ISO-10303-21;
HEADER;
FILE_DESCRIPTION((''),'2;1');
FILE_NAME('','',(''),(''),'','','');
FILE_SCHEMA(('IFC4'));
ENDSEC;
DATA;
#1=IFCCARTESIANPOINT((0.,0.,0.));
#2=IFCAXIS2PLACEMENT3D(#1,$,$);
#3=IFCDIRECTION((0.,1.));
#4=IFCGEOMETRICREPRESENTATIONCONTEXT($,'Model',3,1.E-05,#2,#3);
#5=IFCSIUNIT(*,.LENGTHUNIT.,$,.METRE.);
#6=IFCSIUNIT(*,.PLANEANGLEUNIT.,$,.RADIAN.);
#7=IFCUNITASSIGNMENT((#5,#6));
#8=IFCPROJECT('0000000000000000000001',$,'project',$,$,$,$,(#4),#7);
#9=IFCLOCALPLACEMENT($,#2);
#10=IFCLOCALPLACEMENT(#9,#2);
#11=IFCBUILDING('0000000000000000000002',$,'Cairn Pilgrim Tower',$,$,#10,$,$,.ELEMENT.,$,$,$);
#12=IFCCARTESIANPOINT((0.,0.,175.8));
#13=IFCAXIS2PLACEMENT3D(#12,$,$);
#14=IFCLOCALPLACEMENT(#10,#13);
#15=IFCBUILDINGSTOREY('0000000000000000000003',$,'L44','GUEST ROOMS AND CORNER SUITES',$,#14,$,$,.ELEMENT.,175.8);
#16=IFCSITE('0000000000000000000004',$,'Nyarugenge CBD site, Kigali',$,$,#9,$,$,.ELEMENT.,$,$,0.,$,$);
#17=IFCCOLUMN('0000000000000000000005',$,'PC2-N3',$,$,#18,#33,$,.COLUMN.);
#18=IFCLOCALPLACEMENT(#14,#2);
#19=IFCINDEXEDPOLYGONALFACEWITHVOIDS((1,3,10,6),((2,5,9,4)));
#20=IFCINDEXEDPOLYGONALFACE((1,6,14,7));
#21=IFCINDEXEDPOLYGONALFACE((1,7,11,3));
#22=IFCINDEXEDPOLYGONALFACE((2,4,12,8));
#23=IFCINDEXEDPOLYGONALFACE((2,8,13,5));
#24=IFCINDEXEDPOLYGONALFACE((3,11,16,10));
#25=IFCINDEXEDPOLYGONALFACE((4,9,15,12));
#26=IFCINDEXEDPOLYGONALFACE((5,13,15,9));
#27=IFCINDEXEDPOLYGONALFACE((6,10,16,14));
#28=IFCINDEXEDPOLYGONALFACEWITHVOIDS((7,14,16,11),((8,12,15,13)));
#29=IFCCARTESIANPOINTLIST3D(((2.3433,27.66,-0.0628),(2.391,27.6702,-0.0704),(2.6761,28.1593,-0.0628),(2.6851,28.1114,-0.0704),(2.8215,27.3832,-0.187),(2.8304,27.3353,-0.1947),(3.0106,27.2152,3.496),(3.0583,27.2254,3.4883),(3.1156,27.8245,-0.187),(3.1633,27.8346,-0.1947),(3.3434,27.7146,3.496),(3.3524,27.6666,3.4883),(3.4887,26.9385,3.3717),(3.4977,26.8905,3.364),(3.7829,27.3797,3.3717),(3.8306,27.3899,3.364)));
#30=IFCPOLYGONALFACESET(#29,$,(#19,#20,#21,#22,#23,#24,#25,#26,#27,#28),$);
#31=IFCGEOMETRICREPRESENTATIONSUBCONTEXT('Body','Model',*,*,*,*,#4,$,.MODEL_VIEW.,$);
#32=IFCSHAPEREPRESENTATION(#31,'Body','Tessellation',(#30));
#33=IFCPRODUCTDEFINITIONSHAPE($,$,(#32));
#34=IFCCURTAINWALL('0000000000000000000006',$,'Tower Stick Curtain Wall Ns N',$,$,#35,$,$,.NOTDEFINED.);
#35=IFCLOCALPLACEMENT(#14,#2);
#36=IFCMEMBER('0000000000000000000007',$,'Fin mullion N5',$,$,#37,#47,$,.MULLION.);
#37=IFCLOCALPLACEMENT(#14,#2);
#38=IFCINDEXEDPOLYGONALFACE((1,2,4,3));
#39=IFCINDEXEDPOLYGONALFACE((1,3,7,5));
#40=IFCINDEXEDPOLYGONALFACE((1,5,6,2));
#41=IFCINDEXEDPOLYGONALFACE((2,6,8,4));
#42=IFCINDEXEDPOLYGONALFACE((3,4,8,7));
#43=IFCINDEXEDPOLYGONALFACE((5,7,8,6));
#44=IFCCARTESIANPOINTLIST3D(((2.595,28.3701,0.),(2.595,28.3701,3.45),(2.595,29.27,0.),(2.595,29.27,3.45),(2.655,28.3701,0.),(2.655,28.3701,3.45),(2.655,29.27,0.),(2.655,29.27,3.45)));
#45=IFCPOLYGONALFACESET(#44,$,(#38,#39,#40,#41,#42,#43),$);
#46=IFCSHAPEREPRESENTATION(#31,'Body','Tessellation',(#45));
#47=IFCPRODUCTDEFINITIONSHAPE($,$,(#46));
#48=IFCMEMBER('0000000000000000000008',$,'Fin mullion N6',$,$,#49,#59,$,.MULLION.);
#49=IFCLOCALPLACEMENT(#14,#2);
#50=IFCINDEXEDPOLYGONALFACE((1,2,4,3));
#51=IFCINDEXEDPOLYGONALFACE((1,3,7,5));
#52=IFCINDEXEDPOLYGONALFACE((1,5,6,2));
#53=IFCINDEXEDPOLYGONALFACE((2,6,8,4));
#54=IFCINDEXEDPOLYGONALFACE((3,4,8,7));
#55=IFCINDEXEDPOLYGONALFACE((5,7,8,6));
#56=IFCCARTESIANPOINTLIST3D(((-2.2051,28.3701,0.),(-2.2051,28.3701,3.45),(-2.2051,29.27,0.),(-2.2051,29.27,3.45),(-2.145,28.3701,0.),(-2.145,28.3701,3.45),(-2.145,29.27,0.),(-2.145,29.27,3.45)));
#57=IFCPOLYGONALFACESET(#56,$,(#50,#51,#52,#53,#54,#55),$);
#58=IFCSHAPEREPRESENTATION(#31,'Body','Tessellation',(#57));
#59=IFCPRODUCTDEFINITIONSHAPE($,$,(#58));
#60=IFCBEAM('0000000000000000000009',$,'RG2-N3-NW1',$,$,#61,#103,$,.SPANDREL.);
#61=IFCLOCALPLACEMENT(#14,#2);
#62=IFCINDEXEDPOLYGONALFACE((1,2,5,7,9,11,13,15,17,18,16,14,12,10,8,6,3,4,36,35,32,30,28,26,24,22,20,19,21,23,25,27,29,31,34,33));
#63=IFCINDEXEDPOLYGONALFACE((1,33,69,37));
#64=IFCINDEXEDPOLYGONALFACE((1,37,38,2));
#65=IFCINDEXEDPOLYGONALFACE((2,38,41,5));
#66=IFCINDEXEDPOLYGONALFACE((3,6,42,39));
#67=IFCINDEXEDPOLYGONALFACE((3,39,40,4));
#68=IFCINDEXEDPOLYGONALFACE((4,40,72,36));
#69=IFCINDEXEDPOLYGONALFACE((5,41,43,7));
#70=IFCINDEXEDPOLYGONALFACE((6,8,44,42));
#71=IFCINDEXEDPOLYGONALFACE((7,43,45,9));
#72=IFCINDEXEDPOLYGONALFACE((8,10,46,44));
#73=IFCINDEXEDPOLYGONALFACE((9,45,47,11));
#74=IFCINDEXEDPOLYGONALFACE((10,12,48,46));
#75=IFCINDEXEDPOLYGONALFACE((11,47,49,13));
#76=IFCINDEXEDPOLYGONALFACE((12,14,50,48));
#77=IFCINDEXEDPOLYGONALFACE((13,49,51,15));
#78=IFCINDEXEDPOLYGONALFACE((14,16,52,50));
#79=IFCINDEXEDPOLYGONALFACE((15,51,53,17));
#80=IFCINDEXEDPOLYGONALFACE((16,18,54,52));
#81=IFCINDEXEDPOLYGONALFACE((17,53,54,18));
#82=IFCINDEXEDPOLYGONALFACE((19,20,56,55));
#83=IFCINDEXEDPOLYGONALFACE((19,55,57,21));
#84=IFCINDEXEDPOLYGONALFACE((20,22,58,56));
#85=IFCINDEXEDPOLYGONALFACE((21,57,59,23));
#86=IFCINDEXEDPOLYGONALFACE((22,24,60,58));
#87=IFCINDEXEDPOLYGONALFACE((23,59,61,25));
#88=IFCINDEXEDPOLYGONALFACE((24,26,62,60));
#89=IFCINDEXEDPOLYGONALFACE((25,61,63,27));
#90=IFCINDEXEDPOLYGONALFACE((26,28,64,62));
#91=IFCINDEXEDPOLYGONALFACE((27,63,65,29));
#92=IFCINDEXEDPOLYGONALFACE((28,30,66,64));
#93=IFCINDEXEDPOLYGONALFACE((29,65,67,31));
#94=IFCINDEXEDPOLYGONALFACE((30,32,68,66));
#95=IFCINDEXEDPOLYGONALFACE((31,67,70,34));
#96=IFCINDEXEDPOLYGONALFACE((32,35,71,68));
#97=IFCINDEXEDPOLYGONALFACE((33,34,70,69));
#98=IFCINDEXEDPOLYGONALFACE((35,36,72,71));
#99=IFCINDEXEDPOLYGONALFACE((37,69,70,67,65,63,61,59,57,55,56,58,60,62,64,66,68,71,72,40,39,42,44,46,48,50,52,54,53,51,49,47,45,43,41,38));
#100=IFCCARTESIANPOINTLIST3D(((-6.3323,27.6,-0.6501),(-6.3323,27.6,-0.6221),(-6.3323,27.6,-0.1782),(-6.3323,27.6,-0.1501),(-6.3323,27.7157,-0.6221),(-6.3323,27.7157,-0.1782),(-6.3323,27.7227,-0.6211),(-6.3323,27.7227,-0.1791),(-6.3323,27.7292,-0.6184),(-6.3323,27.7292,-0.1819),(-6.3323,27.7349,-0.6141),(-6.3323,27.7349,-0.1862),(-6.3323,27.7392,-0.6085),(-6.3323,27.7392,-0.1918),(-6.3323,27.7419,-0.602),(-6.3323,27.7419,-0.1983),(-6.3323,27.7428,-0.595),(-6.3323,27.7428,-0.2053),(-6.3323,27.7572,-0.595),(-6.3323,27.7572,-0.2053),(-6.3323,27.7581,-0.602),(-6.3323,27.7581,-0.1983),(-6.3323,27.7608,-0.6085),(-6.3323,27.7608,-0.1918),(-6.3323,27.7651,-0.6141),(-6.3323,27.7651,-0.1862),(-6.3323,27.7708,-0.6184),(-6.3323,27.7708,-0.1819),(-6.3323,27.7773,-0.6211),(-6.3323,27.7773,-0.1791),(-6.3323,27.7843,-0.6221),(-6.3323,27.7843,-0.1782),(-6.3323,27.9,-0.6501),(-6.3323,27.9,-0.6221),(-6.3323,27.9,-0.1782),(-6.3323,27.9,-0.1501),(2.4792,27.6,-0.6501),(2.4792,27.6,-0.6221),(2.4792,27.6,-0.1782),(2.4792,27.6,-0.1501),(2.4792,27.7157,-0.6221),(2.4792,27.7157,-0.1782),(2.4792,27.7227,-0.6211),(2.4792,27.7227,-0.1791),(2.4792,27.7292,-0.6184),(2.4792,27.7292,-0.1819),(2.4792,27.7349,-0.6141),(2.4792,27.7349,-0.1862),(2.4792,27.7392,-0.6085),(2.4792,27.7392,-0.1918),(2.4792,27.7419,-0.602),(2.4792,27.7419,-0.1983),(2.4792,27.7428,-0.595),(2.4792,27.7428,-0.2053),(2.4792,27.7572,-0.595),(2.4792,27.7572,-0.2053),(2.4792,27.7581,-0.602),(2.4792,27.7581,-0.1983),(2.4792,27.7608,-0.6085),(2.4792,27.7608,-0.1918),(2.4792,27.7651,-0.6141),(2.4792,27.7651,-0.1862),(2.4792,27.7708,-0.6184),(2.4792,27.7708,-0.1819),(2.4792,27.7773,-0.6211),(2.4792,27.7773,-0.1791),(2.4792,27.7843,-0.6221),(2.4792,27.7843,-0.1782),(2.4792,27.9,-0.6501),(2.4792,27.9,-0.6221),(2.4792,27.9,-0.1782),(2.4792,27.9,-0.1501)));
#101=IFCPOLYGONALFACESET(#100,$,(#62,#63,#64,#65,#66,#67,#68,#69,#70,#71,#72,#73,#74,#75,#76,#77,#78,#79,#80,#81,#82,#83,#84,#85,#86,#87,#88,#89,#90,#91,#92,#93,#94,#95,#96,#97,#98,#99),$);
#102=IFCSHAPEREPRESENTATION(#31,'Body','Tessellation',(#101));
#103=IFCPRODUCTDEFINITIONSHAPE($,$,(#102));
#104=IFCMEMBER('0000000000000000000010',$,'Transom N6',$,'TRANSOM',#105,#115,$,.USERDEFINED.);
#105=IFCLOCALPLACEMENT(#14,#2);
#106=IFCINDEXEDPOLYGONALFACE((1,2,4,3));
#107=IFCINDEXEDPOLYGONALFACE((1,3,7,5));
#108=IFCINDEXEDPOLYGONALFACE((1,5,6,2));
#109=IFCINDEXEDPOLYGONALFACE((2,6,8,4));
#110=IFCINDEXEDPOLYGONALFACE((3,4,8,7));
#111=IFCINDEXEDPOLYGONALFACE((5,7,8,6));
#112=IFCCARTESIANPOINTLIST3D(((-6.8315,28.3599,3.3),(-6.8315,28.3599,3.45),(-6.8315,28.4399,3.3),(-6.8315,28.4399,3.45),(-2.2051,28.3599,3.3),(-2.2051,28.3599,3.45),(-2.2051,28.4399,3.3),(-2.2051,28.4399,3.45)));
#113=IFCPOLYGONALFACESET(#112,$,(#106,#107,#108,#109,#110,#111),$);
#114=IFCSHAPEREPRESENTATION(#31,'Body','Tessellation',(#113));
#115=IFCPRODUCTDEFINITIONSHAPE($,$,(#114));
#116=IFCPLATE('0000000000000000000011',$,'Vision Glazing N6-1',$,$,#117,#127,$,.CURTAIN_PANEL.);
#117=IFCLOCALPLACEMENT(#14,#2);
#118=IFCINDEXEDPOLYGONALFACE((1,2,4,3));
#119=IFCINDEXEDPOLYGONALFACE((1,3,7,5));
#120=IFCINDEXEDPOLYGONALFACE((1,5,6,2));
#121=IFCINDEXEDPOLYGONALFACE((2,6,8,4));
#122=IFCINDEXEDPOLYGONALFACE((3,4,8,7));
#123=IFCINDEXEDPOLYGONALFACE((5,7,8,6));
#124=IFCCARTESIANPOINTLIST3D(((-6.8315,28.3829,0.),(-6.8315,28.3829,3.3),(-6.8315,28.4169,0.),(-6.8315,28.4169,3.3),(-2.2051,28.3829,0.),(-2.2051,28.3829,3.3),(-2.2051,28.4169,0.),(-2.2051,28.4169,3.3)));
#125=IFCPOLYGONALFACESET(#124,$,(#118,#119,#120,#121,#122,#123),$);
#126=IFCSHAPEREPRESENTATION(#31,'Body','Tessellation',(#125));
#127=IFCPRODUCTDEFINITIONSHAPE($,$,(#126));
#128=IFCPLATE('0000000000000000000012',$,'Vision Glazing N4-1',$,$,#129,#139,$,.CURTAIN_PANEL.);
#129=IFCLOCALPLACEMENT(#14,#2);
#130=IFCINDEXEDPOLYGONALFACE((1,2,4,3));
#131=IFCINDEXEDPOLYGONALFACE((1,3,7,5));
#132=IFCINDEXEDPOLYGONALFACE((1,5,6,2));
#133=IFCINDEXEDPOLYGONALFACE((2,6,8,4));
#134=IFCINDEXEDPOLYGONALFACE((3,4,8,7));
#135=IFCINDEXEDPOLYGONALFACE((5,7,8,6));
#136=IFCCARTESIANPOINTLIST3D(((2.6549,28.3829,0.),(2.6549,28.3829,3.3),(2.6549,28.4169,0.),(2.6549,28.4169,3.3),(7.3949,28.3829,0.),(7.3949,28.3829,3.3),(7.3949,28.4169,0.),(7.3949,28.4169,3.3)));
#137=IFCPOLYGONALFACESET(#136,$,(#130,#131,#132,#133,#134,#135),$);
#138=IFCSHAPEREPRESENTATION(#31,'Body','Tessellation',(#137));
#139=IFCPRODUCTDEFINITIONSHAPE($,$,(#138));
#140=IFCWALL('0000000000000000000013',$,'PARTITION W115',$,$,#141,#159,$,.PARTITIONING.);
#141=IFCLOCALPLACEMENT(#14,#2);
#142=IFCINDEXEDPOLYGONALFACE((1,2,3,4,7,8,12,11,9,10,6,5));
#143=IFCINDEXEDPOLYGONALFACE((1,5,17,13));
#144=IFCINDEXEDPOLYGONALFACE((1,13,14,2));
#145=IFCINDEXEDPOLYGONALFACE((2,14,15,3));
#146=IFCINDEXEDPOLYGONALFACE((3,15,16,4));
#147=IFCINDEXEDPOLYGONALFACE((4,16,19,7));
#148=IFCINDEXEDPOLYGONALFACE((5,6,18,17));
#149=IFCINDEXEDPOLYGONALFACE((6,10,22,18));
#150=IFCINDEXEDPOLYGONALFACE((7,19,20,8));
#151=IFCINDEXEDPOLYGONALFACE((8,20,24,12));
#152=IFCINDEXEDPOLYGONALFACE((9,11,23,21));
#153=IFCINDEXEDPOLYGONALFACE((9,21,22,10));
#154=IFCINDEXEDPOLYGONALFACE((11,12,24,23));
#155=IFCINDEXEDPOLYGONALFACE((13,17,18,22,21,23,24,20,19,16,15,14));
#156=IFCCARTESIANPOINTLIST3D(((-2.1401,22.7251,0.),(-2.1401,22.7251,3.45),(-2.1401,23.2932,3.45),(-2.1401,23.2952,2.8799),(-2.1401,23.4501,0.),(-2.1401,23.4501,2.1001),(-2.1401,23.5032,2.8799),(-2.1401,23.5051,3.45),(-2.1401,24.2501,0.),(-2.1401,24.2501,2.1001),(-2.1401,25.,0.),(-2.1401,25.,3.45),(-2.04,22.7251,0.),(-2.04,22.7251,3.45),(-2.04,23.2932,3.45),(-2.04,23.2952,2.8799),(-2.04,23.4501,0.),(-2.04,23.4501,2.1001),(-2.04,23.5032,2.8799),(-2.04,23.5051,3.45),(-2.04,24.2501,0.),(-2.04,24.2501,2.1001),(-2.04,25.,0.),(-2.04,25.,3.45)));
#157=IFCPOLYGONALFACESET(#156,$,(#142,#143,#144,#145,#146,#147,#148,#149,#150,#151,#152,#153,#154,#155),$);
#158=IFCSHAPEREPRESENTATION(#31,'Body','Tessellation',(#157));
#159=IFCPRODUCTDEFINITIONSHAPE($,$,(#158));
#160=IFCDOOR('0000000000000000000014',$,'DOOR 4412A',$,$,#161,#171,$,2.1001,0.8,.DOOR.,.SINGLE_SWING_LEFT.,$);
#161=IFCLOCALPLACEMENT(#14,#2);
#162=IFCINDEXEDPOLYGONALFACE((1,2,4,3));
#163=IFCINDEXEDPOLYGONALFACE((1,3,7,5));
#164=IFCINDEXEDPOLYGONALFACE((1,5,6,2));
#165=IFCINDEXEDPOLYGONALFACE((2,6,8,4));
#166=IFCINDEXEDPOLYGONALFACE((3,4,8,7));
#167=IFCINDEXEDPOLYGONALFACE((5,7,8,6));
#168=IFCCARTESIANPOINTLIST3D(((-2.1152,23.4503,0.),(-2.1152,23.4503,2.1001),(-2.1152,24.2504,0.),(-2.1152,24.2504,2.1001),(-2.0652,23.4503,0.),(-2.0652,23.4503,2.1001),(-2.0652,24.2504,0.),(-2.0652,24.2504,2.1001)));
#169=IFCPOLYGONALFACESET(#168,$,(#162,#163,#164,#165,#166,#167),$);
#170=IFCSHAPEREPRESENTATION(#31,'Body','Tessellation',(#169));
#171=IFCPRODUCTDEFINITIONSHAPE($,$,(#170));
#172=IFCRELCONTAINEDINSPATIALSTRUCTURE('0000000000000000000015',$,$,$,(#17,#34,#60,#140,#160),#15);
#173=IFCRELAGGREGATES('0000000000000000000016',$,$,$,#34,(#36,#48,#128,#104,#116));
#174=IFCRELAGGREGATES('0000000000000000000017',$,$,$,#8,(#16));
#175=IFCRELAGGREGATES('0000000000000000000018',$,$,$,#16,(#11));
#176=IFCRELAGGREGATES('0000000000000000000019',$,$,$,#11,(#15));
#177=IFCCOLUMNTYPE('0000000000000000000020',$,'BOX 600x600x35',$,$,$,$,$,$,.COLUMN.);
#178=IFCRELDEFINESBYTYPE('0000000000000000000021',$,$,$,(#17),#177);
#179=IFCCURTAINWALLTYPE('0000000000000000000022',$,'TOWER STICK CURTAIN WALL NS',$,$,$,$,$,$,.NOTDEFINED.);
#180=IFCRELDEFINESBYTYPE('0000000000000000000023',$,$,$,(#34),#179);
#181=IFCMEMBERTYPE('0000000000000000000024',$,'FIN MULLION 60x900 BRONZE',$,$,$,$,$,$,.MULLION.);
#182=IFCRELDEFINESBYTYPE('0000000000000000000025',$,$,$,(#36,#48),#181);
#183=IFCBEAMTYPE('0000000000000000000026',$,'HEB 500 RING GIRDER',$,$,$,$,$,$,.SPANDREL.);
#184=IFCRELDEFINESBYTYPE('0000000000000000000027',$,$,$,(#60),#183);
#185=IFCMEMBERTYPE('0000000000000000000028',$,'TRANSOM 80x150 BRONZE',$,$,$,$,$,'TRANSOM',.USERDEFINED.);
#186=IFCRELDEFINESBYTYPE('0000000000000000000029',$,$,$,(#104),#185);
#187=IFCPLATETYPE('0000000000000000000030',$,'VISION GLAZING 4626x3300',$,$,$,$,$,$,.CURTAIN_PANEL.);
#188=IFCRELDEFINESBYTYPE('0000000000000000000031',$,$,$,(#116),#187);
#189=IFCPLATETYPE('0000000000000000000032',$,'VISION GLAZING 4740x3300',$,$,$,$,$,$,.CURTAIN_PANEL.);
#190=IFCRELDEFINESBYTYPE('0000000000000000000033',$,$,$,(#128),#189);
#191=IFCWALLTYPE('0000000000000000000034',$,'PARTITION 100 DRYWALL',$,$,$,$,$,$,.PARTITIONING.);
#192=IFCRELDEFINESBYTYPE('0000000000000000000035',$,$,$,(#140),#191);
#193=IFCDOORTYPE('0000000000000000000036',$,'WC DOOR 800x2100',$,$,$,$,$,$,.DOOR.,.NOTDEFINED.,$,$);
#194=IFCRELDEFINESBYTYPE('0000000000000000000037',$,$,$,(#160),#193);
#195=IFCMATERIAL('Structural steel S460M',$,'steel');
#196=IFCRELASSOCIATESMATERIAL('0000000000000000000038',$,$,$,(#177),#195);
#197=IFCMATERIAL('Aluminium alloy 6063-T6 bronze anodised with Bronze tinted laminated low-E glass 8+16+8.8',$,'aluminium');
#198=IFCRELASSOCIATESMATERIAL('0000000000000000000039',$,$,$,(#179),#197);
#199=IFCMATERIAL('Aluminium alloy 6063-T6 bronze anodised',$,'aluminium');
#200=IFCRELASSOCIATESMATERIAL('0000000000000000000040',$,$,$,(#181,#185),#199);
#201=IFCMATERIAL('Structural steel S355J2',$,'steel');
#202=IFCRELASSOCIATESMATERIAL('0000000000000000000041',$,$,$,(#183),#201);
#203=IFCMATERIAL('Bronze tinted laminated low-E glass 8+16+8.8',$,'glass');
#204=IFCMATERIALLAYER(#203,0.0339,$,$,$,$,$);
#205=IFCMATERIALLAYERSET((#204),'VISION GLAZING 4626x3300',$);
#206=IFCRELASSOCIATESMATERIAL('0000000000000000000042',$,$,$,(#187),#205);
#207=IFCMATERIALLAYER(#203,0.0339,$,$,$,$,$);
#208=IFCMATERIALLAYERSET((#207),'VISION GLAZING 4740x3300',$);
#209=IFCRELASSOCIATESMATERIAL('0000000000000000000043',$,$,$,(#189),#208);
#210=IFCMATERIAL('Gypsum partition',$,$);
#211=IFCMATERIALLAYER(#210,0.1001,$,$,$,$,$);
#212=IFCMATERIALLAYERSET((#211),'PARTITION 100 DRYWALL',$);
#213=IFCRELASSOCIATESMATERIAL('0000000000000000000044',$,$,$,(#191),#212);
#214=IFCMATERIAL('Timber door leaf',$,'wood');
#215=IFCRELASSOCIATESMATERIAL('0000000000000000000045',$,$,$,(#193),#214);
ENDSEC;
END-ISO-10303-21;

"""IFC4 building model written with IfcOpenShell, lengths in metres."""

from ifc_helpers import new_model, si_unit, direction, frame, frame_2d, origin, origin_2d, place, context, subcontext, project, spatial, polyline, rectangle, hollow_rectangle, i_section, outline, extrude, clip, halfspace, material, layer, layer_set, material_profile, profile_set, type_object, element, fill, aggregate, save


model = new_model("IFC4")

# Units and contexts
model_context = context("Model", 3, precision=1e-05, world=origin(), true_north=direction((0.0, 1.0)))
body_context = subcontext(model_context, "Body", "Model", "MODEL_VIEW")
ifc_project = project(units=[si_unit("LENGTHUNIT", "METRE"), si_unit("PLANEANGLEUNIT", "RADIAN")], contexts=[model_context])

# Site, building, storey
site_placement = place(None, origin())
site = spatial("IfcSite", under=ifc_project, at=site_placement, Name="Nyarugenge CBD site, Kigali", CompositionType="ELEMENT", RefElevation=0.0)
building_placement = place(site_placement, origin())
building = spatial("IfcBuilding", under=site, at=building_placement, Name="Cairn Pilgrim Tower", CompositionType="ELEMENT")
storey_placement = place(building_placement, frame((0.0, 0.0, 175.8)))
storey = spatial("IfcBuildingStorey", under=building, at=storey_placement, Name="L44", Description="GUEST ROOMS AND CORNER SUITES", CompositionType="ELEMENT", Elevation=175.8)

# Column
ifc_material_1 = material(Name="Structural steel S460M", Category="steel")
ifc_material_profile_1 = material_profile(ifc_material_1, hollow_rectangle(XDim=0.6001, YDim=0.6001, WallThickness=0.0349, at=origin_2d()), Name="BOX 600x600x35")
ifc_profile_set_1 = profile_set([ifc_material_profile_1], Name="Structural steel S460M")
column_type = type_object("IfcColumnType", Name="BOX 600x600x35", PredefinedType="COLUMN", material=ifc_profile_set_1)
column_placement = place(storey_placement, frame((2.7493, 27.75, -0.1501), z_axis=(0.182922, -0.121926, 0.975538), x_axis=(0.554631, 0.832097, 0.0)))
element("IfcColumn", 1, at=column_placement, inside=storey, type_object=column_type, Name="PC2-N3", PredefinedType="COLUMN", context=body_context, shape_type="Clipping", body=[
    clip(clip(extrude(hollow_rectangle(XDim=0.6001, YDim=0.6001, WallThickness=0.0349, at=origin_2d()), origin(), (0.0, 0.0, 1.0), 3.6904), halfspace(frame((0.0, 0.0, 0.022), z_axis=(0.0, 0.0, 1.0), x_axis=(1.0, 0.0, 0.0)), True)), halfspace(frame((0.0, 0.0, 3.6699), z_axis=(0.0, 0.0, 1.0), x_axis=(1.0, 0.0, 0.0)), False)),
])

# Curtain wall, members
ifc_material_2 = material(Name="Aluminium alloy 6063-T6 bronze anodised with Bronze tinted laminated low-E glass 8+16+8.8", Category="aluminium")
curtain_wall_type = type_object("IfcCurtainWallType", Name="TOWER STICK CURTAIN WALL NS", PredefinedType="NOTDEFINED", material=ifc_material_2)
curtain_wall_placement = place(storey_placement, origin())
curtain_wall = element("IfcCurtainWall", 2, at=curtain_wall_placement, inside=storey, type_object=curtain_wall_type, Name="Tower Stick Curtain Wall Ns N", PredefinedType="NOTDEFINED")
ifc_material_3 = material(Name="Aluminium alloy 6063-T6 bronze anodised", Category="aluminium")
ifc_material_profile_2 = material_profile(ifc_material_3, rectangle(XDim=0.8999, YDim=0.0601, at=origin_2d()), Name="FIN MULLION 60x900 BRONZE")
ifc_profile_set_2 = profile_set([ifc_material_profile_2], Name="Aluminium alloy 6063-T6 bronze anodised")
member_type_1 = type_object("IfcMemberType", Name="FIN MULLION 60x900 BRONZE", PredefinedType="MULLION", material=ifc_profile_set_2)
member_1_placement = place(storey_placement, frame((2.625, 28.8201, 0.0), z_axis=(0.0, 0.0, 1.0), x_axis=(0.0, 1.0, 0.0)))
member_1 = element("IfcMember", 3, at=member_1_placement, type_object=member_type_1, Name="Fin mullion N5", PredefinedType="MULLION", context=body_context, shape_type="SweptSolid", body=[
    extrude(rectangle(XDim=0.8999, YDim=0.0601, at=origin_2d()), origin(), (0.0, 0.0, 1.0), 3.45),
])
member_2_placement = place(storey_placement, frame((-2.175, 28.8201, 0.0), z_axis=(0.0, 0.0, 1.0), x_axis=(0.0, 1.0, 0.0)))
member_2 = element("IfcMember", 4, at=member_2_placement, type_object=member_type_1, Name="Fin mullion N6", PredefinedType="MULLION", context=body_context, shape_type="SweptSolid", body=[
    extrude(rectangle(XDim=0.8999, YDim=0.0601, at=origin_2d()), origin(), (0.0, 0.0, 1.0), 3.45),
])

# Beam
ifc_material_4 = material(Name="Structural steel S355J2", Category="steel")
ifc_material_profile_3 = material_profile(ifc_material_4, i_section(OverallWidth=0.3, OverallDepth=0.5, WebThickness=0.0144, FlangeThickness=0.0281, FilletRadius=0.0271, at=origin_2d()), Name="HEB 500")
ifc_profile_set_3 = profile_set([ifc_material_profile_3], Name="Structural steel S355J2")
beam_type = type_object("IfcBeamType", Name="HEB 500 RING GIRDER", PredefinedType="SPANDREL", material=ifc_profile_set_3)
beam_placement = place(storey_placement, frame((2.4792, 27.75, -0.4001), z_axis=(-1.0, 0.0, 0.0), x_axis=(0.0, -1.0, 0.0)))
element("IfcBeam", 5, at=beam_placement, inside=storey, type_object=beam_type, Name="RG2-N3-NW1", PredefinedType="SPANDREL", context=body_context, shape_type="SweptSolid", body=[
    extrude(i_section(OverallWidth=0.3, OverallDepth=0.5, WebThickness=0.0144, FlangeThickness=0.0281, FilletRadius=0.0271, at=origin_2d()), origin(), (0.0, 0.0, 1.0), 8.8115),
])

# Member
ifc_material_profile_4 = material_profile(ifc_material_3, rectangle(XDim=0.0801, YDim=0.1499, at=origin_2d()), Name="TRANSOM 80x150 BRONZE")
ifc_profile_set_4 = profile_set([ifc_material_profile_4], Name="Aluminium alloy 6063-T6 bronze anodised")
member_type_2 = type_object("IfcMemberType", Name="TRANSOM 80x150 BRONZE", ElementType="TRANSOM", PredefinedType="USERDEFINED", material=ifc_profile_set_4)
member_3_placement = place(storey_placement, frame((-2.2051, 28.3999, 3.375), z_axis=(-1.0, 0.0, 0.0), x_axis=(0.0, -1.0, 0.0)))
member_3 = element("IfcMember", 6, at=member_3_placement, type_object=member_type_2, Name="Transom N6", ObjectType="TRANSOM", PredefinedType="USERDEFINED", context=body_context, shape_type="SweptSolid", body=[
    extrude(rectangle(XDim=0.0801, YDim=0.1499, at=origin_2d()), origin(), (0.0, 0.0, 1.0), 4.6265),
])

# Plates
ifc_material_5 = material(Name="Bronze tinted laminated low-E glass 8+16+8.8", Category="glass")
ifc_layer_1 = layer(ifc_material_5, 0.0339)
ifc_layer_set_1 = layer_set([ifc_layer_1], Name="VISION GLAZING 4626x3300")
plate_type_1 = type_object("IfcPlateType", Name="VISION GLAZING 4626x3300", PredefinedType="CURTAIN_PANEL", material=ifc_layer_set_1)
plate_1_placement = place(storey_placement, frame((-4.5183, 28.3999, 0.0), z_axis=(0.0, 0.0, 1.0), x_axis=(-1.0, 0.0, 0.0)))
plate_1 = element("IfcPlate", 7, at=plate_1_placement, type_object=plate_type_1, Name="Vision Glazing N6-1", PredefinedType="CURTAIN_PANEL", context=body_context, shape_type="SweptSolid", body=[
    extrude(rectangle(XDim=4.6265, YDim=0.0339, at=origin_2d()), origin(), (0.0, 0.0, 1.0), 3.3),
])
ifc_layer_2 = layer(ifc_material_5, 0.0339)
ifc_layer_set_2 = layer_set([ifc_layer_2], Name="VISION GLAZING 4740x3300")
plate_type_2 = type_object("IfcPlateType", Name="VISION GLAZING 4740x3300", PredefinedType="CURTAIN_PANEL", material=ifc_layer_set_2)
plate_2_placement = place(storey_placement, frame((5.0249, 28.3999, 0.0), z_axis=(0.0, 0.0, 1.0), x_axis=(-1.0, 0.0, 0.0)))
plate_2 = element("IfcPlate", 8, at=plate_2_placement, type_object=plate_type_2, Name="Vision Glazing N4-1", PredefinedType="CURTAIN_PANEL", context=body_context, shape_type="SweptSolid", body=[
    extrude(rectangle(XDim=4.74, YDim=0.0339, at=origin_2d()), origin(), (0.0, 0.0, 1.0), 3.3),
])
aggregate(curtain_wall, [member_1, member_2, plate_2, member_3, plate_1])

# Wall, opening, door
ifc_material_6 = material(Name="Gypsum partition")
ifc_layer_3 = layer(ifc_material_6, 0.1001)
ifc_layer_set_3 = layer_set([ifc_layer_3], Name="PARTITION 100 DRYWALL")
wall_type_1 = type_object("IfcWallType", Name="PARTITION 100 DRYWALL", PredefinedType="PARTITIONING", material=ifc_layer_set_3)
wall_1_placement = place(storey_placement, frame((-2.0901, 22.7251, 0.0), z_axis=(0.0, 0.0, 1.0), x_axis=(0.0, 1.0, 0.0)))
wall_1 = element("IfcWall", 9, at=wall_1_placement, inside=storey, type_object=wall_type_1, Name="PARTITION W115", PredefinedType="PARTITIONING", context=body_context, shape_type="SweptSolid", body=[
    extrude(outline(polyline([(0.0, 0.0), (2.2749, 0.0), (2.2749, 3.45), (0.78, 3.45), (0.7781, 2.8799), (0.5701, 2.8799), (0.5681, 3.45), (0.0, 3.45), (0.0, 0.0)])), frame((0.0, 0.05, 0.0), z_axis=(0.0, -1.0, 0.0), x_axis=(1.0, 0.0, 0.0)), (0.0, 0.0, 1.0), 0.1001),
])
opening_1_placement = place(wall_1_placement, frame((0.7251, 0.0, 0.0)))
opening_1 = element("IfcOpeningElement", 10, at=opening_1_placement, cuts=wall_1, PredefinedType="OPENING", context=body_context, shape_type="SweptSolid", body=[
    extrude(rectangle(XDim=0.8, YDim=2.1001, at=frame_2d((0.3999, 1.05))), frame((0.0, 0.0601, 0.0), z_axis=(0.0, -1.0, 0.0), x_axis=(1.0, 0.0, 0.0)), (0.0, 0.0, 1.0), 0.1201),
])
ifc_material_7 = material(Name="Timber door leaf", Category="wood")
door_type_1 = type_object("IfcDoorType", Name="WC DOOR 800x2100", OperationType="NOTDEFINED", PredefinedType="DOOR", material=ifc_material_7)
door_1_placement = place(opening_1_placement, frame((0.8, 0.0, 0.0), z_axis=(0.0, 0.0, 1.0), x_axis=(-1.0, 0.0, 0.0)))
door_1 = element("IfcDoor", 11, at=door_1_placement, inside=storey, type_object=door_type_1, Name="DOOR 4412A", OperationType="SINGLE_SWING_LEFT", OverallHeight=2.1001, OverallWidth=0.8, PredefinedType="DOOR", context=body_context, shape_type="SweptSolid", body=[
    extrude(rectangle(XDim=0.8, YDim=2.1001, at=frame_2d((0.3999, 1.05))), frame((0.0, 0.0249, 0.0), z_axis=(0.0, -1.0, 0.0), x_axis=(1.0, 0.0, 0.0)), (0.0, 0.0, 1.0), 0.05),
])
fill(opening_1, door_1)

save(model, "model.ifc")
